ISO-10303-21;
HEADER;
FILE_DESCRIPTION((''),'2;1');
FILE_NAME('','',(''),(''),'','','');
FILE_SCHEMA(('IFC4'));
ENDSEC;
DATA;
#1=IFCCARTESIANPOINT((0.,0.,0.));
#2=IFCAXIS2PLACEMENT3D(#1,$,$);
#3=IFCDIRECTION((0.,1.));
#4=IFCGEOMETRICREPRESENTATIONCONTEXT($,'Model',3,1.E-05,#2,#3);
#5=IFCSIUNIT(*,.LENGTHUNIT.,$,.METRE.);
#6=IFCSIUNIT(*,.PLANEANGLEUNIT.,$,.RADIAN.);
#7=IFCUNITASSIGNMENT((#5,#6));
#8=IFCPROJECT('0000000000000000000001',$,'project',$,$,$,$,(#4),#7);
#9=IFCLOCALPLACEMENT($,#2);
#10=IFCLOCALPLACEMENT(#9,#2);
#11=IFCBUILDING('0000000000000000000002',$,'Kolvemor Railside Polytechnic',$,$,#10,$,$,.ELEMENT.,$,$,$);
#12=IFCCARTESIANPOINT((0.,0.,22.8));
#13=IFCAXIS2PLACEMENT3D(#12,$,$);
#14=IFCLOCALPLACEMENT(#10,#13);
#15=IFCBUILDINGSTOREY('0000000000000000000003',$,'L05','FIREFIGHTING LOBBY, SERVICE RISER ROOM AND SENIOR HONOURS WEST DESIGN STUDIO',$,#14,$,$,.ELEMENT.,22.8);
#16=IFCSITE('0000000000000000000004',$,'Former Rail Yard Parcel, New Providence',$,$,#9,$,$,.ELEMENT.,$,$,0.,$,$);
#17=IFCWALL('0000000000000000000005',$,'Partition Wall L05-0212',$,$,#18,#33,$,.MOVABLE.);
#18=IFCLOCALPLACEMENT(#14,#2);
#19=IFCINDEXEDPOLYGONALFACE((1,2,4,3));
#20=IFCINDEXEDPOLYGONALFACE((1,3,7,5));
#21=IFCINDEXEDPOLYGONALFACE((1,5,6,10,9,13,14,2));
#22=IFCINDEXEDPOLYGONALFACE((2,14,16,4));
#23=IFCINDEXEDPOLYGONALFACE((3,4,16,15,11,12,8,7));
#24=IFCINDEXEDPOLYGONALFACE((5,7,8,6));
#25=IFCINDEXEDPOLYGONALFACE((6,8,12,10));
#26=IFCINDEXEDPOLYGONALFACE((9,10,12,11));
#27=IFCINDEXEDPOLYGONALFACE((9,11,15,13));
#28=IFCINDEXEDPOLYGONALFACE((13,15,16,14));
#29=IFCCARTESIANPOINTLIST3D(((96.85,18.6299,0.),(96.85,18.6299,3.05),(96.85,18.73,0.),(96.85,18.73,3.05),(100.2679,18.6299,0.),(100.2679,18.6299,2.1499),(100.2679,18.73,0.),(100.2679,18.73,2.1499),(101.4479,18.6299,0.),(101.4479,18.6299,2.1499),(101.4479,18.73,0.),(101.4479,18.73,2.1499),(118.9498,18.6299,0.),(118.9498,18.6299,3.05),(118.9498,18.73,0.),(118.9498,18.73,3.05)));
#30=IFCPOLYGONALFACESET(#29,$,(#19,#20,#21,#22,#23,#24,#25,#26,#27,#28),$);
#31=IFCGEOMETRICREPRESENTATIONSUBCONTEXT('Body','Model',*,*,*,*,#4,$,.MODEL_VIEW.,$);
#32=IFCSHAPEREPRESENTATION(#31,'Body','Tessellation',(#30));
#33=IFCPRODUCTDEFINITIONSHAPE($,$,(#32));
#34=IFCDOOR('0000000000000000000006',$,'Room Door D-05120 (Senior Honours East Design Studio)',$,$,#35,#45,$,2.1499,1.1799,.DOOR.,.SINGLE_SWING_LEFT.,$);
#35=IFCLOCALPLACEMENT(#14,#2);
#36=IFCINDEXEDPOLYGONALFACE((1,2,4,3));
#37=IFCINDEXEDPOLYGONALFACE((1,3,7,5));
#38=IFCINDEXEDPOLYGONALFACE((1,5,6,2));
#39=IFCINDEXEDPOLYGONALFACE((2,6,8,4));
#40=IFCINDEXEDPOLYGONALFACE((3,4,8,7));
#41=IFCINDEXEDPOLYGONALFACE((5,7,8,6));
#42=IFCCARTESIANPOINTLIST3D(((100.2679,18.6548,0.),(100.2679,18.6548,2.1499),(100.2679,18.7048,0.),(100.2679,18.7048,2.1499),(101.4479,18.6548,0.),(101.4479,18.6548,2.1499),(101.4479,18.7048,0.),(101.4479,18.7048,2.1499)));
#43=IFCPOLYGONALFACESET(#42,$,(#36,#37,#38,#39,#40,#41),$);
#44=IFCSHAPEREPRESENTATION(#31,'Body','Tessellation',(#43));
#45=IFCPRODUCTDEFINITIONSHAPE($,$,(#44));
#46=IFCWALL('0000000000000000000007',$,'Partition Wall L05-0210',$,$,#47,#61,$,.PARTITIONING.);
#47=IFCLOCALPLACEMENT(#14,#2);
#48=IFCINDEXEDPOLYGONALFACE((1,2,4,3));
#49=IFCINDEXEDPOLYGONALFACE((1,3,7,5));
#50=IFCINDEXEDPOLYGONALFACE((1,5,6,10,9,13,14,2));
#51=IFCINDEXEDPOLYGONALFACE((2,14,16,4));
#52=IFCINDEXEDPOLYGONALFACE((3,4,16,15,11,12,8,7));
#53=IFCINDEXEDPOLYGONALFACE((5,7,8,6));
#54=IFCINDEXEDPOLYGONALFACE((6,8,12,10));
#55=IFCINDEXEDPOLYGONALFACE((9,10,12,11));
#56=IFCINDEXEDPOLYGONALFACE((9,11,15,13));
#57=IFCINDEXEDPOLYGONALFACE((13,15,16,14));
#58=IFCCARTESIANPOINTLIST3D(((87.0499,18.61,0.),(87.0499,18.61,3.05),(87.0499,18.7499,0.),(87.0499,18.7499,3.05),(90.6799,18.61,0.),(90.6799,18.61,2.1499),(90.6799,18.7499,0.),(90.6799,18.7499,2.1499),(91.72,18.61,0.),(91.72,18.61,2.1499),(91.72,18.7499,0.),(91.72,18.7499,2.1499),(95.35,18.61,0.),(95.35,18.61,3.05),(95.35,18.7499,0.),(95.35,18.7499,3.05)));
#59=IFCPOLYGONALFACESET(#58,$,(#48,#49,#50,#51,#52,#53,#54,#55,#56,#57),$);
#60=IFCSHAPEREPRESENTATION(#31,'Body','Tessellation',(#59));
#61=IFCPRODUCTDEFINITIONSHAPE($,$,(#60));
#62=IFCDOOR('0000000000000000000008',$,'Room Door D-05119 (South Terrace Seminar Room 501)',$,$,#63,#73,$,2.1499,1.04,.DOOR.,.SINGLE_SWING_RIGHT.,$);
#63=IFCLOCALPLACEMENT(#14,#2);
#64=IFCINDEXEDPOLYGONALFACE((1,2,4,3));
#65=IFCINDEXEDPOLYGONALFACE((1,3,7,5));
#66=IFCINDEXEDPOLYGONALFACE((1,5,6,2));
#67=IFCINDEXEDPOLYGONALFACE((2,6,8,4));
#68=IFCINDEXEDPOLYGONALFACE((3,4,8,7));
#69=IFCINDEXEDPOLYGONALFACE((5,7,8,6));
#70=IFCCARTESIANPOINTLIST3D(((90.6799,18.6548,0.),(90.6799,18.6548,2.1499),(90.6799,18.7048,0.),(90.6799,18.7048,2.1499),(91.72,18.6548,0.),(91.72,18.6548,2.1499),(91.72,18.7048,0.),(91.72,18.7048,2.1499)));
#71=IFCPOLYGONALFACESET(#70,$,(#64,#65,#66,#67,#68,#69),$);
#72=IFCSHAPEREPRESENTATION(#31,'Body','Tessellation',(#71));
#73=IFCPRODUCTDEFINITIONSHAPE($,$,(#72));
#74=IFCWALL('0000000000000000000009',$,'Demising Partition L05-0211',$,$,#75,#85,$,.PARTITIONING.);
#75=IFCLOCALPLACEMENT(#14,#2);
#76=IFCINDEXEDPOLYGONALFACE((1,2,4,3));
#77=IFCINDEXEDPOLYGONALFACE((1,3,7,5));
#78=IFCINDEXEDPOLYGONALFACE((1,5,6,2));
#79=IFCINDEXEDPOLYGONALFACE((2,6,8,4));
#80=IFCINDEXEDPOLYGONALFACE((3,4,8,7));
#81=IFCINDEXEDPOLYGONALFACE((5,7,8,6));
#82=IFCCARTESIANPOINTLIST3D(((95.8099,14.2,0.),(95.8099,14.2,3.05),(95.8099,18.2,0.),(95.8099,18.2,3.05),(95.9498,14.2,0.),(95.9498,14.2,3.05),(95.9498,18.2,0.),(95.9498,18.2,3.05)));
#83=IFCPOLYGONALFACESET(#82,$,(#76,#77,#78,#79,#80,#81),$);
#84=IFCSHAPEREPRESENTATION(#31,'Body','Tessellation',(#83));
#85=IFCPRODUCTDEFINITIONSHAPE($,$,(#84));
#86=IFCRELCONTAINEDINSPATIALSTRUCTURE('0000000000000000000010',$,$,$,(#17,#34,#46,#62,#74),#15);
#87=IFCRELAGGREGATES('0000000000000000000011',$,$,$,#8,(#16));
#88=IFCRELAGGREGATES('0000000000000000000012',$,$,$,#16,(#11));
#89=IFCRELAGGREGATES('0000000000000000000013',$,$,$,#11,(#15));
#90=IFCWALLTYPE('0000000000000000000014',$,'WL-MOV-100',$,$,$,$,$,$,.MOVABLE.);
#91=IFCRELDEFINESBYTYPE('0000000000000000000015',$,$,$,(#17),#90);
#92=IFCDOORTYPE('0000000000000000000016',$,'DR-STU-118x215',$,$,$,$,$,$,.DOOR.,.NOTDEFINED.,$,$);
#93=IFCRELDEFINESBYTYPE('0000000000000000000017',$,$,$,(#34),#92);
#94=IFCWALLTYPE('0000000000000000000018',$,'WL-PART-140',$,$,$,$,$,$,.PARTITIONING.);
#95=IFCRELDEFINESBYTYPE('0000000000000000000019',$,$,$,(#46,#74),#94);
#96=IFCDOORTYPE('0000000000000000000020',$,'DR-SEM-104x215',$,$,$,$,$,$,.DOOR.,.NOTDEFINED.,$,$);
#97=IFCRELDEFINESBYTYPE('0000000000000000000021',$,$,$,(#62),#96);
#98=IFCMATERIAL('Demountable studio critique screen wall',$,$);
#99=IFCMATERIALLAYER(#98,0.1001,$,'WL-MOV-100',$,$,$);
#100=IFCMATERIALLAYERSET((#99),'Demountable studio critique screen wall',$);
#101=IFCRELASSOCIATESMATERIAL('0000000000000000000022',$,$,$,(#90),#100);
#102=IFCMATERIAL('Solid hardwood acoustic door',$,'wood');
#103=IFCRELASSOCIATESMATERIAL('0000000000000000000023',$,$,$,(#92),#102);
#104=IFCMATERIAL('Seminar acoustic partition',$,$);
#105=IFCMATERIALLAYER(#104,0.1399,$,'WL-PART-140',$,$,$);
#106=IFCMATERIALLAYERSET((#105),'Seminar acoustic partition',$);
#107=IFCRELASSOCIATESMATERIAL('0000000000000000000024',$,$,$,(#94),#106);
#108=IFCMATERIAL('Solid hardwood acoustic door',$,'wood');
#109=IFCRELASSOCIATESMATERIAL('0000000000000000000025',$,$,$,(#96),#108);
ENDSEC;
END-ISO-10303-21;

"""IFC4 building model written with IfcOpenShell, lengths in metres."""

from ifc_helpers import new_model, si_unit, direction, frame, frame_2d, origin, place, context, subcontext, project, spatial, rectangle, extrude, material, layer, layer_set, type_object, element, fill, save


model = new_model("IFC4")

# Units and contexts
model_context = context("Model", 3, precision=1e-05, world=origin(), true_north=direction((0.0, 1.0)))
body_context = subcontext(model_context, "Body", "Model", "MODEL_VIEW")
ifc_project = project(units=[si_unit("LENGTHUNIT", "METRE"), si_unit("PLANEANGLEUNIT", "RADIAN")], contexts=[model_context])

# Site, building, storey
site_placement = place(None, origin())
site = spatial("IfcSite", under=ifc_project, at=site_placement, Name="Former Rail Yard Parcel, New Providence", CompositionType="ELEMENT", RefElevation=0.0)
building_placement = place(site_placement, origin())
building = spatial("IfcBuilding", under=site, at=building_placement, Name="Kolvemor Railside Polytechnic", CompositionType="ELEMENT")
storey_placement = place(building_placement, frame((0.0, 0.0, 22.8)))
storey = spatial("IfcBuildingStorey", under=building, at=storey_placement, Name="L05", Description="FIREFIGHTING LOBBY, SERVICE RISER ROOM AND SENIOR HONOURS WEST DESIGN STUDIO", CompositionType="ELEMENT", Elevation=22.8)

# Walls, openings, doors
ifc_material_1 = material(Name="Demountable studio critique screen wall")
ifc_layer_1 = layer(ifc_material_1, 0.1001, Name="WL-MOV-100")
ifc_layer_set_1 = layer_set([ifc_layer_1], Name="Demountable studio critique screen wall")
wall_type_1 = type_object("IfcWallType", Name="WL-MOV-100", PredefinedType="MOVABLE", material=ifc_layer_set_1)
wall_1_placement = place(storey_placement, frame((96.8501, 18.6799, 0.0), z_axis=(0.0, 0.0, 1.0), x_axis=(1.0, 0.0, 0.0)))
wall_1 = element("IfcWall", 1, at=wall_1_placement, inside=storey, type_object=wall_type_1, Name="Partition Wall L05-0212", PredefinedType="MOVABLE", context=body_context, shape_type="SweptSolid", body=[
    extrude(rectangle(XDim=22.0999, YDim=0.1001, at=frame_2d((11.0498, 0.0))), origin(), (0.0, 0.0, 1.0), 3.05),
])
opening_1_placement = place(wall_1_placement, frame((3.418, 0.0, 0.0)))
opening_1 = element("IfcOpeningElement", 2, at=opening_1_placement, cuts=wall_1, PredefinedType="OPENING", context=body_context, shape_type="SweptSolid", body=[
    extrude(rectangle(XDim=1.1799, YDim=2.1499, at=frame_2d((0.5898, 1.075))), frame((0.0, 0.0601, 0.0), z_axis=(0.0, -1.0, 0.0), x_axis=(1.0, 0.0, 0.0)), (0.0, 0.0, 1.0), 0.1201),
])
ifc_material_2 = material(Name="Solid hardwood acoustic door", Category="wood")
door_type_1 = type_object("IfcDoorType", Name="DR-STU-118x215", OperationType="NOTDEFINED", PredefinedType="DOOR", material=ifc_material_2)
door_1_placement = place(opening_1_placement, origin())
door_1 = element("IfcDoor", 3, at=door_1_placement, inside=storey, type_object=door_type_1, Name="Room Door D-05120 (Senior Honours East Design Studio)", OperationType="SINGLE_SWING_LEFT", OverallHeight=2.1499, OverallWidth=1.1799, PredefinedType="DOOR", context=body_context, shape_type="SweptSolid", body=[
    extrude(rectangle(XDim=1.1799, YDim=2.1499, at=frame_2d((0.5898, 1.075))), frame((0.0, 0.0249, 0.0), z_axis=(0.0, -1.0, 0.0), x_axis=(1.0, 0.0, 0.0)), (0.0, 0.0, 1.0), 0.05),
])
fill(opening_1, door_1)
ifc_material_3 = material(Name="Seminar acoustic partition")
ifc_layer_2 = layer(ifc_material_3, 0.1399, Name="WL-PART-140")
ifc_layer_set_2 = layer_set([ifc_layer_2], Name="Seminar acoustic partition")
wall_type_2 = type_object("IfcWallType", Name="WL-PART-140", PredefinedType="PARTITIONING", material=ifc_layer_set_2)
wall_2_placement = place(storey_placement, frame((87.05, 18.6799, 0.0), z_axis=(0.0, 0.0, 1.0), x_axis=(1.0, 0.0, 0.0)))
wall_2 = element("IfcWall", 4, at=wall_2_placement, inside=storey, type_object=wall_type_2, Name="Partition Wall L05-0210", PredefinedType="PARTITIONING", context=body_context, shape_type="SweptSolid", body=[
    extrude(rectangle(XDim=8.3, YDim=0.1399, at=frame_2d((4.1499, 0.0))), origin(), (0.0, 0.0, 1.0), 3.05),
])
opening_2_placement = place(wall_2_placement, frame((3.6299, 0.0, 0.0)))
opening_2 = element("IfcOpeningElement", 5, at=opening_2_placement, cuts=wall_2, PredefinedType="OPENING", context=body_context, shape_type="SweptSolid", body=[
    extrude(rectangle(XDim=1.04, YDim=2.1499, at=frame_2d((0.52, 1.075))), frame((0.0, 0.0798, 0.0), z_axis=(0.0, -1.0, 0.0), x_axis=(1.0, 0.0, 0.0)), (0.0, 0.0, 1.0), 0.1599),
])
ifc_material_4 = material(Name="Solid hardwood acoustic door", Category="wood")
door_type_2 = type_object("IfcDoorType", Name="DR-SEM-104x215", OperationType="NOTDEFINED", PredefinedType="DOOR", material=ifc_material_4)
door_2_placement = place(opening_2_placement, origin())
door_2 = element("IfcDoor", 6, at=door_2_placement, inside=storey, type_object=door_type_2, Name="Room Door D-05119 (South Terrace Seminar Room 501)", OperationType="SINGLE_SWING_RIGHT", OverallHeight=2.1499, OverallWidth=1.04, PredefinedType="DOOR", context=body_context, shape_type="SweptSolid", body=[
    extrude(rectangle(XDim=1.04, YDim=2.1499, at=frame_2d((0.52, 1.075))), frame((0.0, 0.0249, 0.0), z_axis=(0.0, -1.0, 0.0), x_axis=(1.0, 0.0, 0.0)), (0.0, 0.0, 1.0), 0.05),
])
fill(opening_2, door_2)

# Wall
wall_3_placement = place(storey_placement, frame((95.8799, 14.2, 0.0), z_axis=(0.0, 0.0, 1.0), x_axis=(0.0, 1.0, 0.0)))
element("IfcWall", 7, at=wall_3_placement, inside=storey, type_object=wall_type_2, Name="Demising Partition L05-0211", PredefinedType="PARTITIONING", context=body_context, shape_type="SweptSolid", body=[
    extrude(rectangle(XDim=4.0, YDim=0.1399, at=frame_2d((2.0, 0.0))), origin(), (0.0, 0.0, 1.0), 3.05),
])

save(model, "model.ifc")
